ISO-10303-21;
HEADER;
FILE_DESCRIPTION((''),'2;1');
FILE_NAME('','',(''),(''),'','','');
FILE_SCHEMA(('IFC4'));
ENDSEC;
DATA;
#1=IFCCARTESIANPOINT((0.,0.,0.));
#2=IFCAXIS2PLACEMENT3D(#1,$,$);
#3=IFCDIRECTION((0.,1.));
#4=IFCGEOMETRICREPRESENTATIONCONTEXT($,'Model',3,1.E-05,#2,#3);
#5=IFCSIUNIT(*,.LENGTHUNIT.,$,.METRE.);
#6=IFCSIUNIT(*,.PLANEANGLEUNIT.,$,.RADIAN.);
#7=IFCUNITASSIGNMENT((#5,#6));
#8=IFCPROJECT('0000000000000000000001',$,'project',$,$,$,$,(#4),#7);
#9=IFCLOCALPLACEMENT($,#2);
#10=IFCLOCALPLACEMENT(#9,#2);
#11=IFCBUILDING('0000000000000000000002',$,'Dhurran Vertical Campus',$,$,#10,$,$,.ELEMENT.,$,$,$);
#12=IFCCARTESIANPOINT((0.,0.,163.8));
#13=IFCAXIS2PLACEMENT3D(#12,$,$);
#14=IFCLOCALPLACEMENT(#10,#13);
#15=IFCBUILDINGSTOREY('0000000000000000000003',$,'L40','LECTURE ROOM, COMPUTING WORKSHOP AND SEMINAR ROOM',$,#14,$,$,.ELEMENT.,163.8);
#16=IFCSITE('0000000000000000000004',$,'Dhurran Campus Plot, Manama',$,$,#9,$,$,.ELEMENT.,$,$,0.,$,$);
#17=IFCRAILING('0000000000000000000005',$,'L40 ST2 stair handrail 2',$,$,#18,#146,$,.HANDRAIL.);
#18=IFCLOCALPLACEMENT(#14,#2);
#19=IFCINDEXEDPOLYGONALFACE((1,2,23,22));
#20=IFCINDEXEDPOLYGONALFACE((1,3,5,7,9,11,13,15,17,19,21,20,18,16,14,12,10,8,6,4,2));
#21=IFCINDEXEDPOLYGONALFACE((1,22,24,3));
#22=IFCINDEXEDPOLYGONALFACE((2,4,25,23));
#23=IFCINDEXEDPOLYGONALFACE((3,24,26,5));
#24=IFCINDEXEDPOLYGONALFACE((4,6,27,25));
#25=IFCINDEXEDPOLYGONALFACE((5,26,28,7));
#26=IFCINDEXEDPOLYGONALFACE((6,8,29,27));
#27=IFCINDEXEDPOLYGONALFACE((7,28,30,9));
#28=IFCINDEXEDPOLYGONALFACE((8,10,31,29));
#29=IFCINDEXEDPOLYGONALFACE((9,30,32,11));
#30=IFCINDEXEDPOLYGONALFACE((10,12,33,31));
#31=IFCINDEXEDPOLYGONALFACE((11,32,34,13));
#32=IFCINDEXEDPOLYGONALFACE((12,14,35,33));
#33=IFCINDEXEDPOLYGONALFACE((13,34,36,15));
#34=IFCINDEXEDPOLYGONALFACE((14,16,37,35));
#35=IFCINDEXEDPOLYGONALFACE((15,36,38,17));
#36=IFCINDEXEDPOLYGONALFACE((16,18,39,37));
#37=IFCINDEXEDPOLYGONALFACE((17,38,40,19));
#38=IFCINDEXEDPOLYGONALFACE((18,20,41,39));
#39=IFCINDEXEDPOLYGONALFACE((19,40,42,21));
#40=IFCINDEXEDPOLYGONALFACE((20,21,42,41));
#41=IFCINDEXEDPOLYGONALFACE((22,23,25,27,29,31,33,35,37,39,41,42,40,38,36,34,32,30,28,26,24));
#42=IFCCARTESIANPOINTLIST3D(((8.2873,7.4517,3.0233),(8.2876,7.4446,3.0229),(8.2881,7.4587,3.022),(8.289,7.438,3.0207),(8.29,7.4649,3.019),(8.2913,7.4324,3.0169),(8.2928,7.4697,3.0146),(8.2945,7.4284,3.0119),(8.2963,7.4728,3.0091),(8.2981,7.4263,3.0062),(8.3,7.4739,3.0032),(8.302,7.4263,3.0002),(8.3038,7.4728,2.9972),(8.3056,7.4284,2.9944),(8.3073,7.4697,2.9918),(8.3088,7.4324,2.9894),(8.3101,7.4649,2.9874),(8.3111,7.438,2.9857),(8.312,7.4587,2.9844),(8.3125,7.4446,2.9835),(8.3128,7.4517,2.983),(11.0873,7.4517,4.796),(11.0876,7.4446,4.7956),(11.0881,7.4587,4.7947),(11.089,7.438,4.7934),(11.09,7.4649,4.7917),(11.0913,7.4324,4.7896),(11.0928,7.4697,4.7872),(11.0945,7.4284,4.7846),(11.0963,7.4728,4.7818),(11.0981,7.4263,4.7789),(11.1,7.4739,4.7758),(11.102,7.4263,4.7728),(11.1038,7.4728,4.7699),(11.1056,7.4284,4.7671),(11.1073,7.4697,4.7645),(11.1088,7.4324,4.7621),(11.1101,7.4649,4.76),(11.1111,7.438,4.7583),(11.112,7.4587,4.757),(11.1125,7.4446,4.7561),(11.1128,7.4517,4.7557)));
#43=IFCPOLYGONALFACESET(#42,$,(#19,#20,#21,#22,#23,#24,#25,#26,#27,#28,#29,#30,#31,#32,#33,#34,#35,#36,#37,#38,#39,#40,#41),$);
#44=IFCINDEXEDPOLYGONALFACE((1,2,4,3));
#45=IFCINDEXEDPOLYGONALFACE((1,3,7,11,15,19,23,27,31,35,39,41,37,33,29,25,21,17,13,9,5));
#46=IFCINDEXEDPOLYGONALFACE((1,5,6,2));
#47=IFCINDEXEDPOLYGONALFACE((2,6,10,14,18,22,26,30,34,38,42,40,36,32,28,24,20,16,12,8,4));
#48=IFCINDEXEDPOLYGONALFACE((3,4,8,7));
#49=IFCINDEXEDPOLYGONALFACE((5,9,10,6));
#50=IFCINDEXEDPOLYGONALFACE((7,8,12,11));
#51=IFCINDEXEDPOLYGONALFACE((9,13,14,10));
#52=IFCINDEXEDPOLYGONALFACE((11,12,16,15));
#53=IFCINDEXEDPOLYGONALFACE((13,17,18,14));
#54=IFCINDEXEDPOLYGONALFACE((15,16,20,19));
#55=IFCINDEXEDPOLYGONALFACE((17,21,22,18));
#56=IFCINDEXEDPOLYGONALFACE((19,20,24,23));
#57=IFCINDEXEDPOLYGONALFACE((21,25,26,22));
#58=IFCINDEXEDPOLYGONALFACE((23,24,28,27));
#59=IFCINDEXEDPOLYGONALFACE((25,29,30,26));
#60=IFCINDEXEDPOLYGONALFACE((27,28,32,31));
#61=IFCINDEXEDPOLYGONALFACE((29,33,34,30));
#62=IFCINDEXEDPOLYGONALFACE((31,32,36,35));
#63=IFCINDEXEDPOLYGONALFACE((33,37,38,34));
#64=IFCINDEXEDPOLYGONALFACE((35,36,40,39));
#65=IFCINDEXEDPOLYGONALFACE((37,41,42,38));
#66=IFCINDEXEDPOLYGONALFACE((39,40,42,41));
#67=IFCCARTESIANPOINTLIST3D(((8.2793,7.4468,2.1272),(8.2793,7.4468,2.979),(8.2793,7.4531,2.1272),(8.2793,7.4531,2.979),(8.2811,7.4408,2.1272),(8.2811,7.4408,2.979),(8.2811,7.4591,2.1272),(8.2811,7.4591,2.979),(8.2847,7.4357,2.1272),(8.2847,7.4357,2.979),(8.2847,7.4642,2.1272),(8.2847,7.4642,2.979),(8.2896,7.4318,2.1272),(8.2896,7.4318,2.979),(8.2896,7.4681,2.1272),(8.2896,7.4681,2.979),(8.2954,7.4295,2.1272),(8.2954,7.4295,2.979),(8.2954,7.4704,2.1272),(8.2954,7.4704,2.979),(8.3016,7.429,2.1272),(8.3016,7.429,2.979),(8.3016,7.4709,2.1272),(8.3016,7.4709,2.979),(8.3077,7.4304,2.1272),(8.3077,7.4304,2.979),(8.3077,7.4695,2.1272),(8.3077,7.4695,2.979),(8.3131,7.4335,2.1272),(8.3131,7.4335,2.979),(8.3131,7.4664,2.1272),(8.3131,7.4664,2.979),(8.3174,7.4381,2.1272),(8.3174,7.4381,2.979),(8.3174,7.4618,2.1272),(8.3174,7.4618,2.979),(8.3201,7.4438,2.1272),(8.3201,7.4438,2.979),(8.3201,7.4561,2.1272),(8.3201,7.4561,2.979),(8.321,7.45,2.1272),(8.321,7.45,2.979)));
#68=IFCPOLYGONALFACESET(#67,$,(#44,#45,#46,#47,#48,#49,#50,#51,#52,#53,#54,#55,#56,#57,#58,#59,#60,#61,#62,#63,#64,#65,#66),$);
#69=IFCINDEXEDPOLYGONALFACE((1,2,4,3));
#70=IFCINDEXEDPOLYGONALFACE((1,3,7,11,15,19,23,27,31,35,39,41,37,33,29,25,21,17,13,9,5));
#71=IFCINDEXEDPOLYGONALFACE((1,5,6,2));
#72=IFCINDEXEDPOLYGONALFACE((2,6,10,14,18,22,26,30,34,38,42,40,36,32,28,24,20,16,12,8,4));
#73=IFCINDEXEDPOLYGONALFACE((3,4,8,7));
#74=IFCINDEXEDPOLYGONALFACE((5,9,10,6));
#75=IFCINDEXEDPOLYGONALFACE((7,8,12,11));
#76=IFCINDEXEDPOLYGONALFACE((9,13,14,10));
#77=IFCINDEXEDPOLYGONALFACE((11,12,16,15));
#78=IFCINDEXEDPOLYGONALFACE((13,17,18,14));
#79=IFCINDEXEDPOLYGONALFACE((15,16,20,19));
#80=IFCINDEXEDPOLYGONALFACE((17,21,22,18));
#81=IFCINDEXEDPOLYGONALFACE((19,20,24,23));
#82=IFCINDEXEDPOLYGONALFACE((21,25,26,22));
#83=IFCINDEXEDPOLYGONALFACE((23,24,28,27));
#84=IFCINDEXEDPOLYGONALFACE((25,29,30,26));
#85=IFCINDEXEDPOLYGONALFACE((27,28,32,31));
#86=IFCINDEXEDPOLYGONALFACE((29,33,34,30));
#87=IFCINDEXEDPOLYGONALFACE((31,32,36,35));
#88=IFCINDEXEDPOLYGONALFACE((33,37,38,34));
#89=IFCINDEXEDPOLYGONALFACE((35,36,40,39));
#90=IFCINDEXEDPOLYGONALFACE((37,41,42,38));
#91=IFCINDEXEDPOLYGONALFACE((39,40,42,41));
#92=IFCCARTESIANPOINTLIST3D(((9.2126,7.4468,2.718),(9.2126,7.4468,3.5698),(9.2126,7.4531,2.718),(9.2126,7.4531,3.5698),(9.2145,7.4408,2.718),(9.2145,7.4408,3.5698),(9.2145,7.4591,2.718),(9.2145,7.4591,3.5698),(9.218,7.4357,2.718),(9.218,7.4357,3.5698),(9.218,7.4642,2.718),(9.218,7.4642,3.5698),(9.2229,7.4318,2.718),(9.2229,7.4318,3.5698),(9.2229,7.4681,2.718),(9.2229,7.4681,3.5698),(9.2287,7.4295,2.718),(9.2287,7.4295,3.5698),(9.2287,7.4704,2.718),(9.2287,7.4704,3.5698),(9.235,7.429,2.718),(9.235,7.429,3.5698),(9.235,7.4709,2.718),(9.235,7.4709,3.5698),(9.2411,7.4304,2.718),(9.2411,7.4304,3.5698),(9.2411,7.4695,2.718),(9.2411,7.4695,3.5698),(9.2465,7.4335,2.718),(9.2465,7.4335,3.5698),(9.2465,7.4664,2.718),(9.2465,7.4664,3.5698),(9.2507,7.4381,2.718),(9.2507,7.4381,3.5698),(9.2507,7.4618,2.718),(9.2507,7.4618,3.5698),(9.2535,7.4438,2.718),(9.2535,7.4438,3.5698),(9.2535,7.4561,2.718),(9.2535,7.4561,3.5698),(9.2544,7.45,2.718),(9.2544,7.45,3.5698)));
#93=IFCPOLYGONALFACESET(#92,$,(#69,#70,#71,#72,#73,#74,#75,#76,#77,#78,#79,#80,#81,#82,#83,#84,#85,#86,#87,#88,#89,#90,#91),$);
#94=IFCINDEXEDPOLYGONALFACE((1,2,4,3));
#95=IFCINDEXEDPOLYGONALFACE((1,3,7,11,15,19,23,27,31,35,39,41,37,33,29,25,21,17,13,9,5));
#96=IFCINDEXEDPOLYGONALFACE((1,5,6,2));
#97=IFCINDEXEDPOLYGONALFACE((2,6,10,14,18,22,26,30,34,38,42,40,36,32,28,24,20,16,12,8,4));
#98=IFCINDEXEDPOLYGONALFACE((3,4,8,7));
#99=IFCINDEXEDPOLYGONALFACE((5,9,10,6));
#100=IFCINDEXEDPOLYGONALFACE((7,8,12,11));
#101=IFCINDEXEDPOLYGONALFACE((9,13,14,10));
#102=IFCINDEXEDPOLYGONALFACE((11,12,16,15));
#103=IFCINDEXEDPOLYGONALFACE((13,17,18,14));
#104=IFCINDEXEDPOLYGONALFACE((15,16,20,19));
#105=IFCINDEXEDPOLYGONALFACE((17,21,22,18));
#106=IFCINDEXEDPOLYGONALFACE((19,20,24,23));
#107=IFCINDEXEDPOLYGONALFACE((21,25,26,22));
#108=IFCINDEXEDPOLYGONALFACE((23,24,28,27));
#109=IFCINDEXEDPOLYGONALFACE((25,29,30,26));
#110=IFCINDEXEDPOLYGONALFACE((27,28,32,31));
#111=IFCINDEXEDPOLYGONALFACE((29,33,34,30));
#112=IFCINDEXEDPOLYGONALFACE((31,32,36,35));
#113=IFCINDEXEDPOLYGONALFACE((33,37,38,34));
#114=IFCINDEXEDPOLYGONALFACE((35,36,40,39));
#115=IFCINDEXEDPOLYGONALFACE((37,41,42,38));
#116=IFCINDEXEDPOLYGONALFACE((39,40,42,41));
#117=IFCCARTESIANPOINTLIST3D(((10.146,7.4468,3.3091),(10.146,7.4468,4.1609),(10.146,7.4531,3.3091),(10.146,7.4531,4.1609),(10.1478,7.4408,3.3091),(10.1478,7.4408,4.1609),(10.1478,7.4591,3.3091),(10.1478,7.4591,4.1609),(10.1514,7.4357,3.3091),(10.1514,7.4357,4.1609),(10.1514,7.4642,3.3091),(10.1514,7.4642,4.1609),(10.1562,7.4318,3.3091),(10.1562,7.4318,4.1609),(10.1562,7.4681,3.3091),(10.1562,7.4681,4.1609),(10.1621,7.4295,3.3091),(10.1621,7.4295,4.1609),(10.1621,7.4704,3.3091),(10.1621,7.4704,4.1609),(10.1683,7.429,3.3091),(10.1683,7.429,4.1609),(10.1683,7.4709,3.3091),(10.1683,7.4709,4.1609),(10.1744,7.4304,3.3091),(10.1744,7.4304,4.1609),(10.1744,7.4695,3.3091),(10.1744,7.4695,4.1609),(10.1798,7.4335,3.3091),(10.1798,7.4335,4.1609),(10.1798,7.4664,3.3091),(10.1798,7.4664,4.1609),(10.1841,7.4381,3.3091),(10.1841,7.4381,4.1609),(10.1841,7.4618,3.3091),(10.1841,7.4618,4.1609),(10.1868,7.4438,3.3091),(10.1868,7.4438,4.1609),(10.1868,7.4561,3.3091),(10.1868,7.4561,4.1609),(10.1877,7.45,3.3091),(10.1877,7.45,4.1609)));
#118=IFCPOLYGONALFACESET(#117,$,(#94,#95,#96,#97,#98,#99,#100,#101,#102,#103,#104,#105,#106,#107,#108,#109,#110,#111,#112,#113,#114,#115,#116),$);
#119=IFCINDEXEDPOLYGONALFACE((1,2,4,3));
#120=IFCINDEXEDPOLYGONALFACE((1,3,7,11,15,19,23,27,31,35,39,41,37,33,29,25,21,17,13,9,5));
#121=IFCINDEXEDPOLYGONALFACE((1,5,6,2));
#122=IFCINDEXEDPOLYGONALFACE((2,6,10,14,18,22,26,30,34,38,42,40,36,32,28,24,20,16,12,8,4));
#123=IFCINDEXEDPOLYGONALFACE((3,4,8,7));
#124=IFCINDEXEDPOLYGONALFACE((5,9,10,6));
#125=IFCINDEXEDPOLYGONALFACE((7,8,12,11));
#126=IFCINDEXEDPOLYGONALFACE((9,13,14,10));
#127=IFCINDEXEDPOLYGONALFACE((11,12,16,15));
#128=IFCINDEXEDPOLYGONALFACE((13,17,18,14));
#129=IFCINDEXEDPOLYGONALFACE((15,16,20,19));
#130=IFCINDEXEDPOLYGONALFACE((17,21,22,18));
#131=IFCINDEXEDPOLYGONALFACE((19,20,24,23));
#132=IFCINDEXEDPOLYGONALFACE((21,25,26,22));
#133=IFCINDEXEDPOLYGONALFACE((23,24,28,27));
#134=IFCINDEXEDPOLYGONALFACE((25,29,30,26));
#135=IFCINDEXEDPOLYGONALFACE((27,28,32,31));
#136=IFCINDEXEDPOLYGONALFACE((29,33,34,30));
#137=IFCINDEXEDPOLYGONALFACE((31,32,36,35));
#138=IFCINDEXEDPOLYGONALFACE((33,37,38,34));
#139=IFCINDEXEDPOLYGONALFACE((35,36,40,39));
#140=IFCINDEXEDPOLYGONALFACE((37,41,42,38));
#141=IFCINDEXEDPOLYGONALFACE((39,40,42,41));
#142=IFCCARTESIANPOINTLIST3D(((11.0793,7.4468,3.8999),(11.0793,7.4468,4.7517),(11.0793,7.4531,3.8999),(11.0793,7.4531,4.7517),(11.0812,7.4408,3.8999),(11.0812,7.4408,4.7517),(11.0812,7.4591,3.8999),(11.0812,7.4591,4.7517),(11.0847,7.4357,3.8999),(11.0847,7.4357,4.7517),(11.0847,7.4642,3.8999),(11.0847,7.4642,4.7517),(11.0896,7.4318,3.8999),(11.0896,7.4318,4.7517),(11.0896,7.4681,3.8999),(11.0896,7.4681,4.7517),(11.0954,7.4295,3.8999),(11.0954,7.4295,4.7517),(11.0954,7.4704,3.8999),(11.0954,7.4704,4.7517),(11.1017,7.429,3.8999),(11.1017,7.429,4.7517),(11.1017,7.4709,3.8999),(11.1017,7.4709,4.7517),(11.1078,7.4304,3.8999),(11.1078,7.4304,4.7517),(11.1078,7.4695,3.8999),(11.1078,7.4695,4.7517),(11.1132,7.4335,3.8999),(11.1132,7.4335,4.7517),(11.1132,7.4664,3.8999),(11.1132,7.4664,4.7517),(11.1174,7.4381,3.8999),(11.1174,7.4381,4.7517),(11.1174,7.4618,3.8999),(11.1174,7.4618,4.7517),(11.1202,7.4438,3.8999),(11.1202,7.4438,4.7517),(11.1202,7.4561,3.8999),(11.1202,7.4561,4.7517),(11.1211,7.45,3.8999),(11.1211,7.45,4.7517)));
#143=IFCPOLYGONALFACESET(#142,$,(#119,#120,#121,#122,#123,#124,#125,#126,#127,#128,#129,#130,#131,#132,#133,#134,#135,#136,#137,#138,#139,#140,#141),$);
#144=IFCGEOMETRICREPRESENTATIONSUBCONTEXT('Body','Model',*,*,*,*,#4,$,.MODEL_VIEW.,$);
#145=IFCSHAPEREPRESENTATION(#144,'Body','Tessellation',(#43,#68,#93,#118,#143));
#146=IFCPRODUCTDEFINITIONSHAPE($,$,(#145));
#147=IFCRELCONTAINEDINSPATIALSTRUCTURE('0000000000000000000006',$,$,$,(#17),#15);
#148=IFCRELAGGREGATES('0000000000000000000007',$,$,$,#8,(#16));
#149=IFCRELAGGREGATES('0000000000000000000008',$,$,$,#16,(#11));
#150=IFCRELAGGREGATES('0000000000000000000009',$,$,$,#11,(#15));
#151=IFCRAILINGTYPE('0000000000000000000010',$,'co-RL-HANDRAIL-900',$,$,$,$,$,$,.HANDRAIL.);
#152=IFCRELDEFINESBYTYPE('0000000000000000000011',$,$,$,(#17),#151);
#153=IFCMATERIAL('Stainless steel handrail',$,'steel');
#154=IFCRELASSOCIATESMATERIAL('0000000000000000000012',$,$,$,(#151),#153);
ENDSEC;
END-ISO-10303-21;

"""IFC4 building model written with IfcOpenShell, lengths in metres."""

from ifc_helpers import new_model, si_unit, direction, frame, origin, origin_2d, place, context, subcontext, project, spatial, circle, extrude, material, type_object, element, save


model = new_model("IFC4")

# Units and contexts
model_context = context("Model", 3, precision=1e-05, world=origin(), true_north=direction((0.0, 1.0)))
body_context = subcontext(model_context, "Body", "Model", "MODEL_VIEW")
ifc_project = project(units=[si_unit("LENGTHUNIT", "METRE"), si_unit("PLANEANGLEUNIT", "RADIAN")], contexts=[model_context])

# Site, building, storey
site_placement = place(None, origin())
site = spatial("IfcSite", under=ifc_project, at=site_placement, Name="Dhurran Campus Plot, Manama", CompositionType="ELEMENT", RefElevation=0.0)
building_placement = place(site_placement, origin())
building = spatial("IfcBuilding", under=site, at=building_placement, Name="Dhurran Vertical Campus", CompositionType="ELEMENT")
storey_placement = place(building_placement, frame((0.0, 0.0, 163.8)))
storey = spatial("IfcBuildingStorey", under=building, at=storey_placement, Name="L40", Description="LECTURE ROOM, COMPUTING WORKSHOP AND SEMINAR ROOM", CompositionType="ELEMENT", Elevation=163.8)

# Railing
ifc_material_1 = material(Name="Stainless steel handrail", Category="steel")
railing_type_1 = type_object("IfcRailingType", Name="co-RL-HANDRAIL-900", PredefinedType="HANDRAIL", material=ifc_material_1)
railing_1_placement = place(storey_placement, frame((8.3, 7.45, 2.1272)))
element("IfcRailing", 1, at=railing_1_placement, inside=storey, type_object=railing_type_1, Name="L40 ST2 stair handrail 2", PredefinedType="HANDRAIL", context=body_context, shape_type="SweptSolid", body=[
    extrude(circle(Radius=0.0239, at=origin_2d()), frame((0.0, 0.0, 0.876), z_axis=(0.844909, 0.0, 0.53491), x_axis=(0.0, 1.0, 0.0)), (0.0, 0.0, 1.0), 3.314),
    extrude(circle(Radius=0.021, at=origin_2d()), origin(), (0.0, 0.0, 1.0), 0.8518),
    extrude(circle(Radius=0.021, at=origin_2d()), frame((0.9333, 0.0, 0.5908)), (0.0, 0.0, 1.0), 0.8518),
    extrude(circle(Radius=0.021, at=origin_2d()), frame((1.8667, 0.0, 1.1819)), (0.0, 0.0, 1.0), 0.8518),
    extrude(circle(Radius=0.021, at=origin_2d()), frame((2.8, 0.0, 1.7727)), (0.0, 0.0, 1.0), 0.8518),
])

save(model, "model.ifc")
